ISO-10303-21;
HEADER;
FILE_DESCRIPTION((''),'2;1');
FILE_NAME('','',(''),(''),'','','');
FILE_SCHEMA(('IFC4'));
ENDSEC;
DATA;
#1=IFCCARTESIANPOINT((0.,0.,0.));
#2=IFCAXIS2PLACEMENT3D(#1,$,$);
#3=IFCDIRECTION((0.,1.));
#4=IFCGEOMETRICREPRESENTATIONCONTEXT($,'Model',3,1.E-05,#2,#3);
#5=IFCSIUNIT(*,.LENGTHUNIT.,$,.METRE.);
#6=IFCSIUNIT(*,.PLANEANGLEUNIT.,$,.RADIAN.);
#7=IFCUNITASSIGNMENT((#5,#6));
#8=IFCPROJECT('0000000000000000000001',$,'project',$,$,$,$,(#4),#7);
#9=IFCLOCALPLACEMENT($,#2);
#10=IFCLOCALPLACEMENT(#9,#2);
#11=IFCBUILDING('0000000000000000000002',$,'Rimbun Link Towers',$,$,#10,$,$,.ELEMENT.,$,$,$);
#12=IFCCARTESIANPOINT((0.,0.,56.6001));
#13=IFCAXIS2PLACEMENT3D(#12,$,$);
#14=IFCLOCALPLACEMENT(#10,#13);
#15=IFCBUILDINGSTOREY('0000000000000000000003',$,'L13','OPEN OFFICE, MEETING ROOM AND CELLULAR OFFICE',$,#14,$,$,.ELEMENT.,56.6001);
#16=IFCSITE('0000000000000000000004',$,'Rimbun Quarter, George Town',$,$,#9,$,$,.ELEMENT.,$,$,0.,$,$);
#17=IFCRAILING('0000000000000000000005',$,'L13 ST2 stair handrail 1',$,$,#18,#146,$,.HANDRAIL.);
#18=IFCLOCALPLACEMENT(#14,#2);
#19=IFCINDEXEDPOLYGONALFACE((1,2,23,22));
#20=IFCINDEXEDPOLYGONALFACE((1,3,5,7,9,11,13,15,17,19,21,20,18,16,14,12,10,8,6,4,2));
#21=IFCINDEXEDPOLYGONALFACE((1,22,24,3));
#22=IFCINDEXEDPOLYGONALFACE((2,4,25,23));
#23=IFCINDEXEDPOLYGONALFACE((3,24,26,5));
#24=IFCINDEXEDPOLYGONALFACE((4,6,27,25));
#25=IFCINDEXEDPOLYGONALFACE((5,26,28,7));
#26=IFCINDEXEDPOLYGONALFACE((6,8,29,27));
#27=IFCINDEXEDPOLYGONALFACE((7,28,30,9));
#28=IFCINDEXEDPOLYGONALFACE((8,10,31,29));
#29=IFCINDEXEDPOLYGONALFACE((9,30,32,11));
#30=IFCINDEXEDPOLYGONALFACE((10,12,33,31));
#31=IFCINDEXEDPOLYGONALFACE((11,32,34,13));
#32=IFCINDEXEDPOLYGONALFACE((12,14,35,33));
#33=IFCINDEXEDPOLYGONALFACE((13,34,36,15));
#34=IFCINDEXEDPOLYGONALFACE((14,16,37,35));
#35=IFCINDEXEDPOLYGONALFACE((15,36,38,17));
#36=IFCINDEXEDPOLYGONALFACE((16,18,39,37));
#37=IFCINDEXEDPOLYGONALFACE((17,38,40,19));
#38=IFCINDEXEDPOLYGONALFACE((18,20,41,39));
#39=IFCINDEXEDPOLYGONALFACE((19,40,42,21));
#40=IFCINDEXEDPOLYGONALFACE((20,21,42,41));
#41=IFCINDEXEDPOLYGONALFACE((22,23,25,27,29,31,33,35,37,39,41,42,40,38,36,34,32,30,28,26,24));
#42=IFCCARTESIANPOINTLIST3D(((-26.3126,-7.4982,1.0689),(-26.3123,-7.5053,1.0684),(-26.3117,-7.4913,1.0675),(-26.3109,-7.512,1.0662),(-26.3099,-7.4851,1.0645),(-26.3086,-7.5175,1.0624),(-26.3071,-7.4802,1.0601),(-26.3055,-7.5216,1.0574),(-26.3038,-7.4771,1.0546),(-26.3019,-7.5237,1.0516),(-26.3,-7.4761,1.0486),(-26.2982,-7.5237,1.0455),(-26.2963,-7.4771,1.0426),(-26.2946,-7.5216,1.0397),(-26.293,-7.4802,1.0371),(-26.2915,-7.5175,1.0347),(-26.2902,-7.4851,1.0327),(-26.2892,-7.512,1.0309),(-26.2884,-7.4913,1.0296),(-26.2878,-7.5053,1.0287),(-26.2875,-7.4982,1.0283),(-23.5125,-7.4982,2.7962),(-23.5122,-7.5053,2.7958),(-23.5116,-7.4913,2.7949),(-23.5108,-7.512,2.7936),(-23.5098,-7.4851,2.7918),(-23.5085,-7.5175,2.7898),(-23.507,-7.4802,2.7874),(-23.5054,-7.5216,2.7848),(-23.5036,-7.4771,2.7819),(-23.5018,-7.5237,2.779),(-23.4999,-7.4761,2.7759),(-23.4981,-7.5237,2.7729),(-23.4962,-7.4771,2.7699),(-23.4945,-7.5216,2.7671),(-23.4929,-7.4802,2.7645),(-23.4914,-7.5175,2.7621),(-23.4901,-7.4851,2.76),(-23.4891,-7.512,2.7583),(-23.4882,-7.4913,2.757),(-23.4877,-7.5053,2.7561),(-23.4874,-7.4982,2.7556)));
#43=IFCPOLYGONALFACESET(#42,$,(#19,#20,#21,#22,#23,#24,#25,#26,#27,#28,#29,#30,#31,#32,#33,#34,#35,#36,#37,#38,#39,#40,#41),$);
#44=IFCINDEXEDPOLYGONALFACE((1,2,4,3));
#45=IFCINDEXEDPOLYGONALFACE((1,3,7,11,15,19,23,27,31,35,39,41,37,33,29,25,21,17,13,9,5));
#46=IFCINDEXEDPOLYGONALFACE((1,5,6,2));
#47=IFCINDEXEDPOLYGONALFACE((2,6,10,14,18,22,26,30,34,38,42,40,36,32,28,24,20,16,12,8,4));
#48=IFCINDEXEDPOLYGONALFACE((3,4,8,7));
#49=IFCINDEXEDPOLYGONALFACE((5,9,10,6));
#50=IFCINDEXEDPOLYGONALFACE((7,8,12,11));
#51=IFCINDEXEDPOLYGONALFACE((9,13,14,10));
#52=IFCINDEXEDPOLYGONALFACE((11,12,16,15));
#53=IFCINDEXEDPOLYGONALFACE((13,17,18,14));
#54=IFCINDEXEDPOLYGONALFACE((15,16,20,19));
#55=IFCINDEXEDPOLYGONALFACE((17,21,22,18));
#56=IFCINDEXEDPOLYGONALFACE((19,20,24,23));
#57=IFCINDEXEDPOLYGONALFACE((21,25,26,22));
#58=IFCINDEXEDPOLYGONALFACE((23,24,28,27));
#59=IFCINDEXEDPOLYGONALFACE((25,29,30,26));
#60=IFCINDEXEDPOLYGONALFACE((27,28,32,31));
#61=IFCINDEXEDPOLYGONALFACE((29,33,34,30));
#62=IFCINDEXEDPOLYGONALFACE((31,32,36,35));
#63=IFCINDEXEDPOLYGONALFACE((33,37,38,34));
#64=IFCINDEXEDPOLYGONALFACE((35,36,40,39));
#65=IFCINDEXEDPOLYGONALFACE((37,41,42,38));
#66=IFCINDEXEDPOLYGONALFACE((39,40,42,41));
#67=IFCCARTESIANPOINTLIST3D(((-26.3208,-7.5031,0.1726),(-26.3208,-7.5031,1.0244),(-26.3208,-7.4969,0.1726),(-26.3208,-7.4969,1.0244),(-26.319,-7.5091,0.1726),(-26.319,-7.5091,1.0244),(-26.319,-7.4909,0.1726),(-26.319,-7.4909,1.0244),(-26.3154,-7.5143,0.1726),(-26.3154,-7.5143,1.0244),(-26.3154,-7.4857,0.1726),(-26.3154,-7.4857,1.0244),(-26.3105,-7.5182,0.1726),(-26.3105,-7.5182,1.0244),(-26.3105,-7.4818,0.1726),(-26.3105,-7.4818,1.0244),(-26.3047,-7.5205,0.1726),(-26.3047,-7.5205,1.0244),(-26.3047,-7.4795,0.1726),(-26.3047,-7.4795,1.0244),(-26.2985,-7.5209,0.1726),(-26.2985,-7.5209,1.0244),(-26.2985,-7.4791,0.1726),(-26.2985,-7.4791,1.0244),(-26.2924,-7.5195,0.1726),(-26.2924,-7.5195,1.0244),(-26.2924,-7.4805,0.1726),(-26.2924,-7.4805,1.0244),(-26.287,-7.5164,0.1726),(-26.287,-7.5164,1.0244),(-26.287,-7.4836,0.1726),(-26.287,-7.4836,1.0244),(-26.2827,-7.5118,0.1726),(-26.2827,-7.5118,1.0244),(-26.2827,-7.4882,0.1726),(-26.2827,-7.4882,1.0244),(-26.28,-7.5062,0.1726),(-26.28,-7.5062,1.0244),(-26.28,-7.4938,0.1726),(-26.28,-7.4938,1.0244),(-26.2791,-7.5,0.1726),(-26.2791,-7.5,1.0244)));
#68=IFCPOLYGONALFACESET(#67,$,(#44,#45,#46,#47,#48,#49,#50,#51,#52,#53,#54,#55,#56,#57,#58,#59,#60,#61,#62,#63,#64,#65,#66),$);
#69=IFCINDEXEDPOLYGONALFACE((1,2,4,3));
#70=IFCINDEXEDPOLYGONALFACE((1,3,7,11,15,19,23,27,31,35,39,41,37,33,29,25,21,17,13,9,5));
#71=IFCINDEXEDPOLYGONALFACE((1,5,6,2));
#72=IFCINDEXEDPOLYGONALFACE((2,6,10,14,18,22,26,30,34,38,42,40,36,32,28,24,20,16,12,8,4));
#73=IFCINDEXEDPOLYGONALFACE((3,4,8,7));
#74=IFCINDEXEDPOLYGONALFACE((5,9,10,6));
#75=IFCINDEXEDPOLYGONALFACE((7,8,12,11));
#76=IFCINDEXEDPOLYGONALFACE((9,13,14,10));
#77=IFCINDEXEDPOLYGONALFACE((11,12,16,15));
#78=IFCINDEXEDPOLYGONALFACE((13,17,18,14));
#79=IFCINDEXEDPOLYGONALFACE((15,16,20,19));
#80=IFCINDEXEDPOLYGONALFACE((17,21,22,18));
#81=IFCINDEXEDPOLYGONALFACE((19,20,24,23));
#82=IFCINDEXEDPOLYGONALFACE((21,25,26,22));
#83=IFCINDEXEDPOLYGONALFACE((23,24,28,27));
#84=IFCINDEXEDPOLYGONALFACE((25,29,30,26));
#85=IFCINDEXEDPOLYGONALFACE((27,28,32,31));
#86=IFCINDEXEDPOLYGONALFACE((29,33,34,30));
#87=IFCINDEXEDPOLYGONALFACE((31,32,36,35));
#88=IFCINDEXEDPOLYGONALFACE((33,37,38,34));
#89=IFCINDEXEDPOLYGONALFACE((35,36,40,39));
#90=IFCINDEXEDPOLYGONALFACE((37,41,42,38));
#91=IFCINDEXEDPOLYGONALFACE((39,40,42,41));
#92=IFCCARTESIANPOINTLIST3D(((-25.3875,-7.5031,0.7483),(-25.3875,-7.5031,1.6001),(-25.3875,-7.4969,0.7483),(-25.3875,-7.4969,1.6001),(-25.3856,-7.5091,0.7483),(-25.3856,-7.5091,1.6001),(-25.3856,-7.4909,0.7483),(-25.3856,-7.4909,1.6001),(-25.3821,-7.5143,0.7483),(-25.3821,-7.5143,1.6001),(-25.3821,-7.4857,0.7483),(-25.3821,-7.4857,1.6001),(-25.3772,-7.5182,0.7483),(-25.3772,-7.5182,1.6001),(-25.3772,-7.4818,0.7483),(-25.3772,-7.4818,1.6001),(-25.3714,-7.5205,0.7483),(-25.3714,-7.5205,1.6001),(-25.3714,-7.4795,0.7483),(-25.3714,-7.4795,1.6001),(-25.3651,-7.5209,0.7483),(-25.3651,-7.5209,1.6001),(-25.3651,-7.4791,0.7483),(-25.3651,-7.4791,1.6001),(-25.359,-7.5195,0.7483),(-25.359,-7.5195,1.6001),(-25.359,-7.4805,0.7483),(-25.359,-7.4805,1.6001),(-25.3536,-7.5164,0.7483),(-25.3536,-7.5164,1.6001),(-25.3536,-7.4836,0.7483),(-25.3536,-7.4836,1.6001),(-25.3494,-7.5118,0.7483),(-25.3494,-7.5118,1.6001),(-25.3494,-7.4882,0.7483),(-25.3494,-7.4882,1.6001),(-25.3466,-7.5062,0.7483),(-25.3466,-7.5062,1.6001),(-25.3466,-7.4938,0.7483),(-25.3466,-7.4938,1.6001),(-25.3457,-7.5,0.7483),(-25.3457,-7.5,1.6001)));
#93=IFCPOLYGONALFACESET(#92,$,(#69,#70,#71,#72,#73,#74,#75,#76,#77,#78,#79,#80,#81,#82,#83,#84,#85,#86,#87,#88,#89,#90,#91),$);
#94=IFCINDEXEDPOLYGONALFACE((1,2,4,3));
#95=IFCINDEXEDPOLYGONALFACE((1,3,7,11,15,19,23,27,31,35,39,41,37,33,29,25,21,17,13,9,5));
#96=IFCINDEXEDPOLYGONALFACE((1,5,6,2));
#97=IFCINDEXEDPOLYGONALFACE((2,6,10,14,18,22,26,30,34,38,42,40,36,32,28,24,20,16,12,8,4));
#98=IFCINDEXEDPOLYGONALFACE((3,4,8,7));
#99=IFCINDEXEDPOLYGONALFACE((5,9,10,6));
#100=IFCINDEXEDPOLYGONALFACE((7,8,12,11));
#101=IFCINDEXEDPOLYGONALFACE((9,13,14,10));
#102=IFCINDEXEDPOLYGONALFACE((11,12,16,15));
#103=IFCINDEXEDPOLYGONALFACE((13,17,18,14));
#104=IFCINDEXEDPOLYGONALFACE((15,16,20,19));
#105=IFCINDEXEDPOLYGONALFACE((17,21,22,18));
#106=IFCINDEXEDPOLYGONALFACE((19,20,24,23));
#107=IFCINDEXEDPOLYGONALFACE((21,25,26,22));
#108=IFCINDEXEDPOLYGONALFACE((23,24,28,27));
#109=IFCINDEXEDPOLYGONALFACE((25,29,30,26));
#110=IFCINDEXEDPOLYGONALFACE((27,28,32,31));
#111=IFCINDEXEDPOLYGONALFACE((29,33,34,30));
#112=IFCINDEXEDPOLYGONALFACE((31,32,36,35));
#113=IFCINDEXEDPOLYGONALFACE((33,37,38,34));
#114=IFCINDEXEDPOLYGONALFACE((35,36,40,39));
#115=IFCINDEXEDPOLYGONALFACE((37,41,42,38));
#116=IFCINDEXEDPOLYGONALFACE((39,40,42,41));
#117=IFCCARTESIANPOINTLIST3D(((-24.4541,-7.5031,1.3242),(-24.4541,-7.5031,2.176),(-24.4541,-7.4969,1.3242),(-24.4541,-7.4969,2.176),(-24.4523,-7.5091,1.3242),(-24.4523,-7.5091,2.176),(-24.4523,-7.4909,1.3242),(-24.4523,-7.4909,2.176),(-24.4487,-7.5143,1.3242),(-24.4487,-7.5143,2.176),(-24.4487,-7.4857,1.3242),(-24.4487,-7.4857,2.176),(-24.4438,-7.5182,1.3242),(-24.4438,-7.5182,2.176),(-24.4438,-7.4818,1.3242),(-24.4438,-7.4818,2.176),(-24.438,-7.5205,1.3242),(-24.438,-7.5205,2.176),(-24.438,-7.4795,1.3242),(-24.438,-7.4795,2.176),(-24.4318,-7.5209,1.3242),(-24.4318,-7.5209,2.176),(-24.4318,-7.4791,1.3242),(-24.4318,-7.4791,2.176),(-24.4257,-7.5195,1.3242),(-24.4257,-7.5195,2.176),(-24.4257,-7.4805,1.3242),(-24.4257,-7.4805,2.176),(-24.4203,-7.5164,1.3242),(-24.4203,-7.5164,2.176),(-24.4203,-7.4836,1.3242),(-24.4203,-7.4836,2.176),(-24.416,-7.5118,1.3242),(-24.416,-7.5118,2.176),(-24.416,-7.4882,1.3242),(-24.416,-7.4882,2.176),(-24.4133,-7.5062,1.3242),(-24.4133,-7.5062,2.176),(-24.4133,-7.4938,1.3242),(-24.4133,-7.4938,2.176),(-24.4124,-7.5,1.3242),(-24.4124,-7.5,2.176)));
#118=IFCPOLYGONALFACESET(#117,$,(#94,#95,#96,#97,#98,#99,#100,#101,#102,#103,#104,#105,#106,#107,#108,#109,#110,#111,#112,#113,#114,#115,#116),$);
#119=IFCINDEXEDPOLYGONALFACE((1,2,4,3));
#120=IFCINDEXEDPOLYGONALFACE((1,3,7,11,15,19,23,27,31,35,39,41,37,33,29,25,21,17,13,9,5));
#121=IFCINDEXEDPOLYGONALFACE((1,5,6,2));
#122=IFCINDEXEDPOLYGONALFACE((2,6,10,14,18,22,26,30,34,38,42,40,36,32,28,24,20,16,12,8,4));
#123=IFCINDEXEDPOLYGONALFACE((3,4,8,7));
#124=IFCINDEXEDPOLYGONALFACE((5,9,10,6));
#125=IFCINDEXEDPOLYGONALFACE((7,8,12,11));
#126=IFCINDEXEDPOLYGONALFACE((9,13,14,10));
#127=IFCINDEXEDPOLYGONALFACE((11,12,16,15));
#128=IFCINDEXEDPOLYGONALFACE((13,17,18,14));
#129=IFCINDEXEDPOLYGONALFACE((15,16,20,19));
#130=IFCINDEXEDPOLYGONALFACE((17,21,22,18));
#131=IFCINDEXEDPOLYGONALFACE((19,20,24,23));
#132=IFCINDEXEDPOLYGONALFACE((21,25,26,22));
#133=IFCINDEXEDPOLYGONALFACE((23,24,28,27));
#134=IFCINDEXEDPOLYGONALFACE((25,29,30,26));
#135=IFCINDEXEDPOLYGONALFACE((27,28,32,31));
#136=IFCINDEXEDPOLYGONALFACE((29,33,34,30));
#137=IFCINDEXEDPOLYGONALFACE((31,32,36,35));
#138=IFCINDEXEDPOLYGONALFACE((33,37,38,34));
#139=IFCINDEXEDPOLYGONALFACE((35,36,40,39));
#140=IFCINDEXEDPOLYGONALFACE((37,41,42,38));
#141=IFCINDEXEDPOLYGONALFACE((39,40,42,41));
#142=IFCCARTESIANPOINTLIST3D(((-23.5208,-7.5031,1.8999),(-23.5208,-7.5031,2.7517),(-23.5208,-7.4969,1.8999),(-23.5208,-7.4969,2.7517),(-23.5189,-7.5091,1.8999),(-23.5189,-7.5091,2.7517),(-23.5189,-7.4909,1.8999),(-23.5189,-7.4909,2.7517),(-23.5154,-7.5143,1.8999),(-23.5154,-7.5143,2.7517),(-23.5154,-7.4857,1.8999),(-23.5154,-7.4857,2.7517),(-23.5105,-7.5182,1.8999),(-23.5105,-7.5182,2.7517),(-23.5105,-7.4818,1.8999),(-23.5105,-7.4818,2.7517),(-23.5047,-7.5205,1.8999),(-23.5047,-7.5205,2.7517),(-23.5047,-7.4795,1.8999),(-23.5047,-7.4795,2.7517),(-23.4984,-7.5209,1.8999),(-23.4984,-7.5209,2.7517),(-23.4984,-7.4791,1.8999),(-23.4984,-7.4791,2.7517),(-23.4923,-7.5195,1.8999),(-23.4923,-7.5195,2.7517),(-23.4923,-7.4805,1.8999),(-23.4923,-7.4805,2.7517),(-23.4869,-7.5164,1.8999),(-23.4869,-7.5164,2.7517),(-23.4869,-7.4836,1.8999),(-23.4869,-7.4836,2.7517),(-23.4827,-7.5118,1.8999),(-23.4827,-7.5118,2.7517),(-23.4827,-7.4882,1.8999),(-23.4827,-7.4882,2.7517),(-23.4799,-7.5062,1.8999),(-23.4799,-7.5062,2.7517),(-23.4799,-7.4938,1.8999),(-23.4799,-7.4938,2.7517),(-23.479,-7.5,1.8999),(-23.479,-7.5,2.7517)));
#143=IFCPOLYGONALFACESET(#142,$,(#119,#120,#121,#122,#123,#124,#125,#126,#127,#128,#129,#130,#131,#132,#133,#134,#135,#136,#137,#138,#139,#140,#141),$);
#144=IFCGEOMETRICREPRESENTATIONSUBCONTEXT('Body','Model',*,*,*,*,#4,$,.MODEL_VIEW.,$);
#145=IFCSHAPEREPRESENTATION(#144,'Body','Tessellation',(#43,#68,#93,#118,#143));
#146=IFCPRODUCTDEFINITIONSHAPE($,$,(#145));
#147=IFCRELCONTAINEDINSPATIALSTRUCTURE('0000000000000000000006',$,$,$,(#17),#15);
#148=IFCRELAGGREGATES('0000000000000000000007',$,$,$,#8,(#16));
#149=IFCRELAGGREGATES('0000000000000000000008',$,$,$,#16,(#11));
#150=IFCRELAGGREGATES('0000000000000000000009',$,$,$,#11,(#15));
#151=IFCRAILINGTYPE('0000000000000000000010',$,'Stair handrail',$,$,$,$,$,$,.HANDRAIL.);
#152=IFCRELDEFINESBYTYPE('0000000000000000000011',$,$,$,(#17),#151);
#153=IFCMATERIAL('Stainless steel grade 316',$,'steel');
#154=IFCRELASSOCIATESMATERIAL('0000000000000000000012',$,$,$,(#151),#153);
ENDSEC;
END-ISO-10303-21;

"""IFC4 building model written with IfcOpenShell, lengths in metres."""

from ifc_helpers import new_model, si_unit, direction, frame, origin, origin_2d, place, context, subcontext, project, spatial, circle, extrude, material, type_object, element, save


model = new_model("IFC4")

# Units and contexts
model_context = context("Model", 3, precision=1e-05, world=origin(), true_north=direction((0.0, 1.0)))
body_context = subcontext(model_context, "Body", "Model", "MODEL_VIEW")
ifc_project = project(units=[si_unit("LENGTHUNIT", "METRE"), si_unit("PLANEANGLEUNIT", "RADIAN")], contexts=[model_context])

# Site, building, storey
site_placement = place(None, origin())
site = spatial("IfcSite", under=ifc_project, at=site_placement, Name="Rimbun Quarter, George Town", CompositionType="ELEMENT", RefElevation=0.0)
building_placement = place(site_placement, origin())
building = spatial("IfcBuilding", under=site, at=building_placement, Name="Rimbun Link Towers", CompositionType="ELEMENT")
storey_placement = place(building_placement, frame((0.0, 0.0, 56.6001)))
storey = spatial("IfcBuildingStorey", under=building, at=storey_placement, Name="L13", Description="OPEN OFFICE, MEETING ROOM AND CELLULAR OFFICE", CompositionType="ELEMENT", Elevation=56.6001)

# Railing
ifc_material_1 = material(Name="Stainless steel grade 316", Category="steel")
railing_type_1 = type_object("IfcRailingType", Name="Stair handrail", PredefinedType="HANDRAIL", material=ifc_material_1)
railing_1_placement = place(storey_placement, frame((-26.3, -7.5, 0.1726)))
element("IfcRailing", 1, at=railing_1_placement, inside=storey, type_object=railing_type_1, Name="L13 ST2 stair handrail 1", PredefinedType="HANDRAIL", context=body_context, shape_type="SweptSolid", body=[
    extrude(circle(Radius=0.0239, at=origin_2d()), frame((0.0, 0.0, 0.876), z_axis=(0.85109, 0.0, 0.52502), x_axis=(0.0, 1.0, 0.0)), (0.0, 0.0, 1.0), 3.29),
    extrude(circle(Radius=0.021, at=origin_2d()), origin(), (0.0, 0.0, 1.0), 0.8518),
    extrude(circle(Radius=0.021, at=origin_2d()), frame((0.9333, 0.0, 0.5757)), (0.0, 0.0, 1.0), 0.8518),
    extrude(circle(Radius=0.021, at=origin_2d()), frame((1.8667, 0.0, 1.1516)), (0.0, 0.0, 1.0), 0.8518),
    extrude(circle(Radius=0.021, at=origin_2d()), frame((2.8, 0.0, 1.7273)), (0.0, 0.0, 1.0), 0.8518),
])

save(model, "model.ifc")
